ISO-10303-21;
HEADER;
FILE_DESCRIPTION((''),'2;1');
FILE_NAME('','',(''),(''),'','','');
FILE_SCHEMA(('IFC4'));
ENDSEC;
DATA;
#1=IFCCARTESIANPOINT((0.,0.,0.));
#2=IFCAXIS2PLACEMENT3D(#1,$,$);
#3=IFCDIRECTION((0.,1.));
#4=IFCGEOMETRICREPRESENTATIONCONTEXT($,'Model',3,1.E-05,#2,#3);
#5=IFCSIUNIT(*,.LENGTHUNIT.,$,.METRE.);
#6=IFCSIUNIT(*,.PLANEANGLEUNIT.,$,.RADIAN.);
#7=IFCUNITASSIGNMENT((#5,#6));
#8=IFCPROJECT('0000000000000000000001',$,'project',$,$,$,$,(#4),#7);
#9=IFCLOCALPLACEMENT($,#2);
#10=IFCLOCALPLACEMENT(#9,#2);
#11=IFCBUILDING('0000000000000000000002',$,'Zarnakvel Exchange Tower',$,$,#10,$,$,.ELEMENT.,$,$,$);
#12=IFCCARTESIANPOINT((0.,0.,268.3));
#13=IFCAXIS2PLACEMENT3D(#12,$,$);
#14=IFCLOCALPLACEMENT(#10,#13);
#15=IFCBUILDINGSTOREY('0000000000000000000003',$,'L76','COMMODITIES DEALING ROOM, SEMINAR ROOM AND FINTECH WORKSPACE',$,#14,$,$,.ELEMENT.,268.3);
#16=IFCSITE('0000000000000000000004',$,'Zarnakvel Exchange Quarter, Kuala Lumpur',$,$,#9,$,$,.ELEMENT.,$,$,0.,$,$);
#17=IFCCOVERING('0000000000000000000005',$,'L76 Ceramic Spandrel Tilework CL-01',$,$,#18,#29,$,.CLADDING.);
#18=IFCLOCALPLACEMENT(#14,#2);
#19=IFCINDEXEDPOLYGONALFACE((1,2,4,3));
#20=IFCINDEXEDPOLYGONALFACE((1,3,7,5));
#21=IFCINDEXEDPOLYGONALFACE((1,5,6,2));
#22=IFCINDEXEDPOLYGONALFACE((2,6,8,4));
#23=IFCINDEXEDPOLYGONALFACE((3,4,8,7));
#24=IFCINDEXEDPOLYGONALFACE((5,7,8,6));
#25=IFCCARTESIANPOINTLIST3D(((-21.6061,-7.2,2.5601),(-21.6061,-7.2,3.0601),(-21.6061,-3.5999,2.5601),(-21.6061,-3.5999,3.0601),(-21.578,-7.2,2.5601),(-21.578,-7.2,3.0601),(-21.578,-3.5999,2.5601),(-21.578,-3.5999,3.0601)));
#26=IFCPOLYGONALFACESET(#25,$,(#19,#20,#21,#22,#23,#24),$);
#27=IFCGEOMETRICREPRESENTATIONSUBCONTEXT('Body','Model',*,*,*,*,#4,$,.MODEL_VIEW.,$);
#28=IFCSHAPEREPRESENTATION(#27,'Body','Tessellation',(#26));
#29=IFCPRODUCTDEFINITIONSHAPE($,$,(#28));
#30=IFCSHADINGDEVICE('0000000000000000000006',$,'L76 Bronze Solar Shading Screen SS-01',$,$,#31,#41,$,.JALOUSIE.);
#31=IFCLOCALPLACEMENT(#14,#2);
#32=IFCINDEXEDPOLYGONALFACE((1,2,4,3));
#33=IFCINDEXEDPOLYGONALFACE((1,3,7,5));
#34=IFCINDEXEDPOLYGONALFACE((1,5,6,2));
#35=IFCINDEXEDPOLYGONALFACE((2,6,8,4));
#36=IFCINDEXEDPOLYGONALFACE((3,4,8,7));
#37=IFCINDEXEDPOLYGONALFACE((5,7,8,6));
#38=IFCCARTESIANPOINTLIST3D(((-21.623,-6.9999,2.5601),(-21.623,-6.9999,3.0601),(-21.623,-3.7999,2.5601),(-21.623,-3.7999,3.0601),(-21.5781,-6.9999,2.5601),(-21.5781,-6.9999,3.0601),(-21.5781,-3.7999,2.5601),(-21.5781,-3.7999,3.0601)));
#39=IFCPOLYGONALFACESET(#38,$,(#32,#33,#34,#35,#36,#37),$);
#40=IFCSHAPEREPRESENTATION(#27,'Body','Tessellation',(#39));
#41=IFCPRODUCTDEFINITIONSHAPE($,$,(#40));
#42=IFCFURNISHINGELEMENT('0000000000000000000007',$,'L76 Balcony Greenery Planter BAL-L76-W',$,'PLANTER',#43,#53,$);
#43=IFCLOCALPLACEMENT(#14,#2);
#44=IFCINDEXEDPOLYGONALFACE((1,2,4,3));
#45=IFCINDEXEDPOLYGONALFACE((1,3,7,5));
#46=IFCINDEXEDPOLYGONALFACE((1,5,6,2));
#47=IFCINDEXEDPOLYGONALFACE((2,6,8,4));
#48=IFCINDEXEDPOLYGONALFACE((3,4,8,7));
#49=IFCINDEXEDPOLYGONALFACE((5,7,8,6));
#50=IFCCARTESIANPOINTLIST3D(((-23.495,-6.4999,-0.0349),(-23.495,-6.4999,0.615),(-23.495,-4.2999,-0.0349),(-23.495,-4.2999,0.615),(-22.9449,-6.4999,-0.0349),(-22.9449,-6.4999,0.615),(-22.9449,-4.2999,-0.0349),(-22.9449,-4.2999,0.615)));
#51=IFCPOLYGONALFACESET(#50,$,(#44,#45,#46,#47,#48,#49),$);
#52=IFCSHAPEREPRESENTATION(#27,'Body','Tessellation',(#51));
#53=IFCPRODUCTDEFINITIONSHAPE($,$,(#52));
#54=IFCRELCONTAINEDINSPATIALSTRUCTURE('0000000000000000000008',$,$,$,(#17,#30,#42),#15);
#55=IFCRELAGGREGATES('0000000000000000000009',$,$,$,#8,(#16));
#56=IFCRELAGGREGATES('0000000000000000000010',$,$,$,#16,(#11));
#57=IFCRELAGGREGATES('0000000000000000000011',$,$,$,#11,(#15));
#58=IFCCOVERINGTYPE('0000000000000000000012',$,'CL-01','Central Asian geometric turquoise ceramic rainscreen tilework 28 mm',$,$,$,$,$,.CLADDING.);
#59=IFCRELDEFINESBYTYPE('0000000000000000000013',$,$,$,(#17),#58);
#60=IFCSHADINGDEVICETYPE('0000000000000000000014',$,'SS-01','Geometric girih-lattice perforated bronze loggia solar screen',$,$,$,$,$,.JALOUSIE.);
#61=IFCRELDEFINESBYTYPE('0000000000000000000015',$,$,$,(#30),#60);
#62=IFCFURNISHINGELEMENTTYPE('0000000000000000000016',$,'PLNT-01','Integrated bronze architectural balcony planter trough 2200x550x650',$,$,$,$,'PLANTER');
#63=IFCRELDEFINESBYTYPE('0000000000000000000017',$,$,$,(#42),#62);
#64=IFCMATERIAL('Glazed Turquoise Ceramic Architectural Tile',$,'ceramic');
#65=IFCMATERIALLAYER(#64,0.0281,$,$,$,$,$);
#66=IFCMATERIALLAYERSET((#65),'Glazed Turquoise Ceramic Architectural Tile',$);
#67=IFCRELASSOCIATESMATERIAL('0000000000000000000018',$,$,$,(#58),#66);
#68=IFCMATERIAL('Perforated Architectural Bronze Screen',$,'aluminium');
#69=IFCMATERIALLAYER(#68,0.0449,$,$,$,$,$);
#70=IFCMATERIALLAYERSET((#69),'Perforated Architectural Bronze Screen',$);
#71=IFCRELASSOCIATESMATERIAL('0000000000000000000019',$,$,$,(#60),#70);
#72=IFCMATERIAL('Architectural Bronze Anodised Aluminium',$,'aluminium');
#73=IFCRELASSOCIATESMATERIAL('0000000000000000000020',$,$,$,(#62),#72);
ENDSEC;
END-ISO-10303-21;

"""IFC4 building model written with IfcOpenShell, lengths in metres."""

from ifc_helpers import new_model, si_unit, direction, frame, origin, origin_2d, place, context, subcontext, project, spatial, rectangle, extrude, source, transform, mapped, material, layer, layer_set, type_object, element, save


model = new_model("IFC4")

# Units and contexts
model_context = context("Model", 3, precision=1e-05, world=origin(), true_north=direction((0.0, 1.0)))
body_context = subcontext(model_context, "Body", "Model", "MODEL_VIEW")
ifc_project = project(units=[si_unit("LENGTHUNIT", "METRE"), si_unit("PLANEANGLEUNIT", "RADIAN")], contexts=[model_context])

# Site, building, storey
site_placement = place(None, origin())
site = spatial("IfcSite", under=ifc_project, at=site_placement, Name="Zarnakvel Exchange Quarter, Kuala Lumpur", CompositionType="ELEMENT", RefElevation=0.0)
building_placement = place(site_placement, origin())
building = spatial("IfcBuilding", under=site, at=building_placement, Name="Zarnakvel Exchange Tower", CompositionType="ELEMENT")
storey_placement = place(building_placement, frame((0.0, 0.0, 268.3)))
storey = spatial("IfcBuildingStorey", under=building, at=storey_placement, Name="L76", Description="COMMODITIES DEALING ROOM, SEMINAR ROOM AND FINTECH WORKSPACE", CompositionType="ELEMENT", Elevation=268.3)

# Shared definitions
ifc_material_1 = material(Name="Architectural Bronze Anodised Aluminium", Category="aluminium")

# Covering
ifc_material_2 = material(Name="Glazed Turquoise Ceramic Architectural Tile", Category="ceramic")
ifc_layer_1 = layer(ifc_material_2, 0.0281)
ifc_layer_set_1 = layer_set([ifc_layer_1], Name="Glazed Turquoise Ceramic Architectural Tile")
covering_type = type_object("IfcCoveringType", Name="CL-01", Description="Central Asian geometric turquoise ceramic rainscreen tilework 28 mm", PredefinedType="CLADDING", material=ifc_layer_set_1)
shared_shape_1 = source(origin(), body_context, "Body", "SweptSolid", [
    extrude(rectangle(XDim=3.6001, YDim=0.0281, at=origin_2d()), origin(), (0.0, 0.0, 1.0), 0.5),
])
covering_placement = place(storey_placement, frame((-21.592, -5.3999, 2.5601), z_axis=(0.0, 0.0, 1.0), x_axis=(0.0, 1.0, 0.0)))
element("IfcCovering", 1, at=covering_placement, inside=storey, type_object=covering_type, Name="L76 Ceramic Spandrel Tilework CL-01", PredefinedType="CLADDING", context=body_context, shape_type="MappedRepresentation", body=[
    mapped(shared_shape_1, transform((0.0, 0.0, 0.0), x_axis=(1.0, 0.0, 0.0), y_axis=(0.0, 1.0, 0.0), z_axis=(0.0, 0.0, 1.0), scale=1.0)),
])

# Shading device
ifc_material_3 = material(Name="Perforated Architectural Bronze Screen", Category="aluminium")
ifc_layer_2 = layer(ifc_material_3, 0.0449)
ifc_layer_set_2 = layer_set([ifc_layer_2], Name="Perforated Architectural Bronze Screen")
shading_device_type = type_object("IfcShadingDeviceType", Name="SS-01", Description="Geometric girih-lattice perforated bronze loggia solar screen", PredefinedType="JALOUSIE", material=ifc_layer_set_2)
shared_shape_2 = source(origin(), body_context, "Body", "SweptSolid", [
    extrude(rectangle(XDim=3.2, YDim=0.0449, at=origin_2d()), origin(), (0.0, 0.0, 1.0), 0.5),
])
shading_device_placement = place(storey_placement, frame((-21.6006, -5.3999, 2.5601), z_axis=(0.0, 0.0, 1.0), x_axis=(0.0, 1.0, 0.0)))
element("IfcShadingDevice", 2, at=shading_device_placement, inside=storey, type_object=shading_device_type, Name="L76 Bronze Solar Shading Screen SS-01", PredefinedType="JALOUSIE", context=body_context, shape_type="MappedRepresentation", body=[
    mapped(shared_shape_2, transform((0.0, 0.0, 0.0), x_axis=(1.0, 0.0, 0.0), y_axis=(0.0, 1.0, 0.0), z_axis=(0.0, 0.0, 1.0), scale=1.0)),
])

# Furnishing element
furnishing_element_type = type_object("IfcFurnishingElementType", Name="PLNT-01", Description="Integrated bronze architectural balcony planter trough 2200x550x650", ElementType="PLANTER", material=ifc_material_1)
shared_shape_3 = source(origin(), body_context, "Body", "SweptSolid", [
    extrude(rectangle(XDim=2.2, YDim=0.55, at=origin_2d()), origin(), (0.0, 0.0, 1.0), 0.6499),
])
furnishing_placement = place(storey_placement, frame((-23.22, -5.3999, -0.0349), z_axis=(0.0, 0.0, 1.0), x_axis=(0.0, 1.0, 0.0)))
element("IfcFurnishingElement", 3, at=furnishing_placement, inside=storey, type_object=furnishing_element_type, Name="L76 Balcony Greenery Planter BAL-L76-W", ObjectType="PLANTER", context=body_context, shape_type="MappedRepresentation", body=[
    mapped(shared_shape_3, transform((0.0, 0.0, 0.0), x_axis=(1.0, 0.0, 0.0), y_axis=(0.0, 1.0, 0.0), z_axis=(0.0, 0.0, 1.0), scale=1.0)),
])

save(model, "model.ifc")
